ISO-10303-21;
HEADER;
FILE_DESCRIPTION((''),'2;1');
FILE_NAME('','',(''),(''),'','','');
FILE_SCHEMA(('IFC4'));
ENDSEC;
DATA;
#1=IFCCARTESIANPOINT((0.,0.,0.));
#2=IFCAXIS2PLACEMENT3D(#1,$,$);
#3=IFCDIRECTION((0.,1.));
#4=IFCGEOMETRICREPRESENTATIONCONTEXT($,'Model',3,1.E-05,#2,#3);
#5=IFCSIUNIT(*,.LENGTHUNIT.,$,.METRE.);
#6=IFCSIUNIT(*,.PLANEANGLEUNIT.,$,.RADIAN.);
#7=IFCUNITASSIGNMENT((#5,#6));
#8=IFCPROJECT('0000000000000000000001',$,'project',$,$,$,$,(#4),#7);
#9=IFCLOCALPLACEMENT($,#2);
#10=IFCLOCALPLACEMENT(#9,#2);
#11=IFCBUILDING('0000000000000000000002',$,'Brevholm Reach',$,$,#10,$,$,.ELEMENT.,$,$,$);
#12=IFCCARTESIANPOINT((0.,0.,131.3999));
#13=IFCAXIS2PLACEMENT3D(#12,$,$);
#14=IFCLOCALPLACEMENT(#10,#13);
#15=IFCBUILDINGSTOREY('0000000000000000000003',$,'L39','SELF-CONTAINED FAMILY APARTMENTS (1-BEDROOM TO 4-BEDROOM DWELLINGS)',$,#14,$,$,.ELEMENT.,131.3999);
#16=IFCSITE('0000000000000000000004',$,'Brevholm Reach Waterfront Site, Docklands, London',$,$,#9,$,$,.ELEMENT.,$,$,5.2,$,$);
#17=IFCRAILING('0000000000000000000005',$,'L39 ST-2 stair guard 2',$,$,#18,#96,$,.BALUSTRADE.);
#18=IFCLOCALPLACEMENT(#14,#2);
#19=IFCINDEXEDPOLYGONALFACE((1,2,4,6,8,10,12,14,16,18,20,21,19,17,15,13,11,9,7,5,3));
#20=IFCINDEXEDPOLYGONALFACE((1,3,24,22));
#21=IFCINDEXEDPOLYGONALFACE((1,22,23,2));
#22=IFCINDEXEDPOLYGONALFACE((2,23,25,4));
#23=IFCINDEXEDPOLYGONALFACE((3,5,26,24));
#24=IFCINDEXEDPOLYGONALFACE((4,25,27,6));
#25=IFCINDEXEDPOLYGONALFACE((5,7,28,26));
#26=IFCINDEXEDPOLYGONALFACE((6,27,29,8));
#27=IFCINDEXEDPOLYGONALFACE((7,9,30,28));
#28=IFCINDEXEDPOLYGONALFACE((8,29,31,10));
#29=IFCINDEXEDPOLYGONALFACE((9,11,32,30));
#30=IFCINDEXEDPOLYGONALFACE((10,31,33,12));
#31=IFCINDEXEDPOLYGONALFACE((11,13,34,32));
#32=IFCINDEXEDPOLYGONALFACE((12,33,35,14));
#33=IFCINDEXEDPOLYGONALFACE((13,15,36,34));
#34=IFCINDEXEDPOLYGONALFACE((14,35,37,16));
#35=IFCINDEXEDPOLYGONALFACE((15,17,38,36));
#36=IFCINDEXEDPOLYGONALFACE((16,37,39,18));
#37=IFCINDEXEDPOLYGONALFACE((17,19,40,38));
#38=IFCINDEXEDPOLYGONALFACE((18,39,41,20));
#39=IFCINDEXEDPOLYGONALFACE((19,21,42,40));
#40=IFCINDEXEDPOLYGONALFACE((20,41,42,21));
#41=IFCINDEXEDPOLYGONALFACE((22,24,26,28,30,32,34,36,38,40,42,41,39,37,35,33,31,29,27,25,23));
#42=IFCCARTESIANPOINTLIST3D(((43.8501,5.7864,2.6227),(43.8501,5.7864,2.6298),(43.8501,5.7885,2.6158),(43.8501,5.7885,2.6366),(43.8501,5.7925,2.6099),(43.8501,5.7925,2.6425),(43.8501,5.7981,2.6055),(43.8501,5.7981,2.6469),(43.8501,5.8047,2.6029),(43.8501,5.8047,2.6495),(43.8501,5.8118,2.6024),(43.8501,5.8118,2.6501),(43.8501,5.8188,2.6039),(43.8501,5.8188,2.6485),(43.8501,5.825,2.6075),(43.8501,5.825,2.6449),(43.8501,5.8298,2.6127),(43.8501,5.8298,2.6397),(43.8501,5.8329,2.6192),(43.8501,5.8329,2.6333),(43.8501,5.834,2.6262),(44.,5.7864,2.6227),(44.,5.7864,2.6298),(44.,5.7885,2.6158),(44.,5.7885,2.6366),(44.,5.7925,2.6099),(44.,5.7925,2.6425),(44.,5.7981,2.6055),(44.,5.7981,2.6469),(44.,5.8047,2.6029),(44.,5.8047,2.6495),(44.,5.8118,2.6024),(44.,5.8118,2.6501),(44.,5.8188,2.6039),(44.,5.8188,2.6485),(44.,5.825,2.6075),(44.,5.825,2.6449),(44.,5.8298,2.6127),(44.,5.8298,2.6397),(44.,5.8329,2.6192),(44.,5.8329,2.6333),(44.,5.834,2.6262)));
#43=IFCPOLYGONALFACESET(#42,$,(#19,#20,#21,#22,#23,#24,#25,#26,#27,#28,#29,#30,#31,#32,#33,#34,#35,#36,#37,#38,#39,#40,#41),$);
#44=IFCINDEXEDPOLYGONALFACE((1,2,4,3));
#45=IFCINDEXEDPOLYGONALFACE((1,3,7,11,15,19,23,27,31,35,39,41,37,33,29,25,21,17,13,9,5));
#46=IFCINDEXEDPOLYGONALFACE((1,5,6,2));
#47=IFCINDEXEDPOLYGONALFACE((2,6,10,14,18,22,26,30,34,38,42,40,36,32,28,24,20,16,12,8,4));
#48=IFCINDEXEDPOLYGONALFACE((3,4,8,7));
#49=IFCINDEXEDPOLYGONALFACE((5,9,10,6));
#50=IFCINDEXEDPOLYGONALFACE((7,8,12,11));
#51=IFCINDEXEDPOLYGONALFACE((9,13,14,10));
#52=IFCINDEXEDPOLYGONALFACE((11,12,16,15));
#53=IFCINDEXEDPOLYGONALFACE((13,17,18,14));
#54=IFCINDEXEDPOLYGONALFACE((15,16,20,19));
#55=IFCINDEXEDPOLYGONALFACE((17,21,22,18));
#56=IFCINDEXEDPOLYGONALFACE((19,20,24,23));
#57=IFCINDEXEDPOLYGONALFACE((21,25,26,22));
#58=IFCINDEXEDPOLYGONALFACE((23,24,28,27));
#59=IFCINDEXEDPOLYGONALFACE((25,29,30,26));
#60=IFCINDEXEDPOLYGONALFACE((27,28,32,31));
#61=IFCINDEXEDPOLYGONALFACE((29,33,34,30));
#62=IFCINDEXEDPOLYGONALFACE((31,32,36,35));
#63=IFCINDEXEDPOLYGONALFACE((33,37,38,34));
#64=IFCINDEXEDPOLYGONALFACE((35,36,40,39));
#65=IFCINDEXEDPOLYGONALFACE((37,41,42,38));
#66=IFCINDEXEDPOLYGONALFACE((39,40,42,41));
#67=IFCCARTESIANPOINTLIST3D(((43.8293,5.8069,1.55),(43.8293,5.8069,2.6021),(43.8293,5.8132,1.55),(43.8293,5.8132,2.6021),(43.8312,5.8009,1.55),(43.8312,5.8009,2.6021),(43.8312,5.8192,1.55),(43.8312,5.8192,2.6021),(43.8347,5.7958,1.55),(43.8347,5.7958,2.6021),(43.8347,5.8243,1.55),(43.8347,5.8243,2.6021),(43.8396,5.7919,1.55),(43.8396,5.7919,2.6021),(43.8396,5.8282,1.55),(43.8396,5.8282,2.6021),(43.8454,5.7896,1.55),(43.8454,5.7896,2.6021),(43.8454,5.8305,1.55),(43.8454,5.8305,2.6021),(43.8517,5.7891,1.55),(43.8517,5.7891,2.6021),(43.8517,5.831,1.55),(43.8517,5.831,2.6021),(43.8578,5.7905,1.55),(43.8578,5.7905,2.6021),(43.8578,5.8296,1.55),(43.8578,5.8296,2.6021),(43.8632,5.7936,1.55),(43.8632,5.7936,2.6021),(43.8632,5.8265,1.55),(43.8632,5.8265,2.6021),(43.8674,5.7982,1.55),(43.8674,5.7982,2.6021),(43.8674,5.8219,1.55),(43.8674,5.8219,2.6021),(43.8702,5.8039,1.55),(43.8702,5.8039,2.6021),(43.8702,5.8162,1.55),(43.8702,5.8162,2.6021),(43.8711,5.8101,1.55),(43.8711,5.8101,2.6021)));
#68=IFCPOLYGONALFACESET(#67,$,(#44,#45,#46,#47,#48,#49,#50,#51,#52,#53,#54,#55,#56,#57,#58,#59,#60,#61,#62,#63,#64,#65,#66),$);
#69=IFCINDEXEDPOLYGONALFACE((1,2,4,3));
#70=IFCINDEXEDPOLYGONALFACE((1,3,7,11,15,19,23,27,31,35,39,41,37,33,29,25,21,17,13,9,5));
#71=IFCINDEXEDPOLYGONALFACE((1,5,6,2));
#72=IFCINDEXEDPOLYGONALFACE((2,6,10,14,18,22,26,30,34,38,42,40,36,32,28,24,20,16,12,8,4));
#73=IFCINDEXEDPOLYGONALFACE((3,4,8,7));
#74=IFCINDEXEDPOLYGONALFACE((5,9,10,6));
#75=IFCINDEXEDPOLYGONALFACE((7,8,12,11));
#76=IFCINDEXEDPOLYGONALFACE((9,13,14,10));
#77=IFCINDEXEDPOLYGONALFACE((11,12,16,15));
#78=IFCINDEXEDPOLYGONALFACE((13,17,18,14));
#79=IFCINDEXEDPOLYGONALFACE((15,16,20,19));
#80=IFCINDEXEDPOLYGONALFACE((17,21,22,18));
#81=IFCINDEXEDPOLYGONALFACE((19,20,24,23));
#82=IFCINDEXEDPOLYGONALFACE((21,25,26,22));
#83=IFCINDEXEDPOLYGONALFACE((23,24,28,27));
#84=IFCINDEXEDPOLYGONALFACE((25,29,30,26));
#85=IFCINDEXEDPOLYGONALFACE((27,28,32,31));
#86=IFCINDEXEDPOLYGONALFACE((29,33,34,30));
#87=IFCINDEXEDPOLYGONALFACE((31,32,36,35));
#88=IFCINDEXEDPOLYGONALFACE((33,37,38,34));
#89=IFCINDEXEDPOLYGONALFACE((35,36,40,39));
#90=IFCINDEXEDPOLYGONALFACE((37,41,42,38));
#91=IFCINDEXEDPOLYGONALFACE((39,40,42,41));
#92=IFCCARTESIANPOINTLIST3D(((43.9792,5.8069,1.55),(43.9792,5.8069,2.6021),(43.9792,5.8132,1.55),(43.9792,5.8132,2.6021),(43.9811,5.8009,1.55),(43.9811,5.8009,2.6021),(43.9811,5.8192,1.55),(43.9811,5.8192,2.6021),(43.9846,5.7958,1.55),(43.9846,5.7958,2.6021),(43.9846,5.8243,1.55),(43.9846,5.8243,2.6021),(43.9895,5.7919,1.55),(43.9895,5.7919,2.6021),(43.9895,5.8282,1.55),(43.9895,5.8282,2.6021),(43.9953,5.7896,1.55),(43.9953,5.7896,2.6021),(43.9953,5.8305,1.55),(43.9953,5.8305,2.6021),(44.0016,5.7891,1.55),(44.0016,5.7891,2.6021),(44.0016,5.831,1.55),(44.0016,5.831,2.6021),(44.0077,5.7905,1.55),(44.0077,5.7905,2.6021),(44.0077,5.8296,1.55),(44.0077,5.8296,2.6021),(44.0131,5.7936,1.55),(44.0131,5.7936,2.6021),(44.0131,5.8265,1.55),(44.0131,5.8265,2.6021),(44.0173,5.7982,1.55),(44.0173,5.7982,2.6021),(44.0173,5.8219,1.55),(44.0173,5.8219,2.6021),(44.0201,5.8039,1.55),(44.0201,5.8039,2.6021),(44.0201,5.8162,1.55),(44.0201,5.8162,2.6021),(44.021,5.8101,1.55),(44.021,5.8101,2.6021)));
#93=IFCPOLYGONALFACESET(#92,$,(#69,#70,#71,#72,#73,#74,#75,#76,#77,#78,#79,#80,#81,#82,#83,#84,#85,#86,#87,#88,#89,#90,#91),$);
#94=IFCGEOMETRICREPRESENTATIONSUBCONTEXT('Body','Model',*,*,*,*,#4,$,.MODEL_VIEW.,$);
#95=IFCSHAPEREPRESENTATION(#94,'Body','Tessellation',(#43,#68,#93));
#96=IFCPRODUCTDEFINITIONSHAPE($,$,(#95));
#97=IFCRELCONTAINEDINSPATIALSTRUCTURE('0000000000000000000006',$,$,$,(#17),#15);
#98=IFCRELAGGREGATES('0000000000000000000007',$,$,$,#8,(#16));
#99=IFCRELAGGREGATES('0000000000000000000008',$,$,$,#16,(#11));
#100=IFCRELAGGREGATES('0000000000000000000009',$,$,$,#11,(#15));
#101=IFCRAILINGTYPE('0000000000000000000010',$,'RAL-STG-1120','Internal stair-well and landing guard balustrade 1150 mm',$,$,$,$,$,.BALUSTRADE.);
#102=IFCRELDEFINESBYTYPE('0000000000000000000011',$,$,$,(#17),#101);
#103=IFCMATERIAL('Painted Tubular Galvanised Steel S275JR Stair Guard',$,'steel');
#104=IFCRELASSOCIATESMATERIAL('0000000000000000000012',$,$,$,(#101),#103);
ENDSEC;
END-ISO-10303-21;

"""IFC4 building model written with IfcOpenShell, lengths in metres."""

from ifc_helpers import new_model, si_unit, direction, frame, origin, origin_2d, place, context, subcontext, project, spatial, circle, extrude, material, type_object, element, save


model = new_model("IFC4")

# Units and contexts
model_context = context("Model", 3, precision=1e-05, world=origin(), true_north=direction((0.0, 1.0)))
body_context = subcontext(model_context, "Body", "Model", "MODEL_VIEW")
ifc_project = project(units=[si_unit("LENGTHUNIT", "METRE"), si_unit("PLANEANGLEUNIT", "RADIAN")], contexts=[model_context])

# Site, building, storey
site_placement = place(None, origin())
site = spatial("IfcSite", under=ifc_project, at=site_placement, Name="Brevholm Reach Waterfront Site, Docklands, London", CompositionType="ELEMENT", RefElevation=5.2)
building_placement = place(site_placement, origin())
building = spatial("IfcBuilding", under=site, at=building_placement, Name="Brevholm Reach", CompositionType="ELEMENT")
storey_placement = place(building_placement, frame((0.0, 0.0, 131.3999)))
storey = spatial("IfcBuildingStorey", under=building, at=storey_placement, Name="L39", Description="SELF-CONTAINED FAMILY APARTMENTS (1-BEDROOM TO 4-BEDROOM DWELLINGS)", CompositionType="ELEMENT", Elevation=131.3999)

# Railing
ifc_material_1 = material(Name="Painted Tubular Galvanised Steel S275JR Stair Guard", Category="steel")
railing_type_1 = type_object("IfcRailingType", Name="RAL-STG-1120", Description="Internal stair-well and landing guard balustrade 1150 mm", PredefinedType="BALUSTRADE", material=ifc_material_1)
railing_1_placement = place(storey_placement, frame((43.8501, 5.8101, 1.55)))
element("IfcRailing", 1, at=railing_1_placement, inside=storey, type_object=railing_type_1, Name="L39 ST-2 stair guard 2", PredefinedType="BALUSTRADE", context=body_context, shape_type="SweptSolid", body=[
    extrude(circle(Radius=0.0239, at=origin_2d()), frame((0.0, 0.0, 1.0762), z_axis=(1.0, 0.0, 0.0), x_axis=(0.0, 1.0, 0.0)), (0.0, 0.0, 1.0), 0.1499),
    extrude(circle(Radius=0.021, at=origin_2d()), origin(), (0.0, 0.0, 1.0), 1.052),
    extrude(circle(Radius=0.021, at=origin_2d()), frame((0.1499, 0.0, 0.0)), (0.0, 0.0, 1.0), 1.052),
])

save(model, "model.ifc")
